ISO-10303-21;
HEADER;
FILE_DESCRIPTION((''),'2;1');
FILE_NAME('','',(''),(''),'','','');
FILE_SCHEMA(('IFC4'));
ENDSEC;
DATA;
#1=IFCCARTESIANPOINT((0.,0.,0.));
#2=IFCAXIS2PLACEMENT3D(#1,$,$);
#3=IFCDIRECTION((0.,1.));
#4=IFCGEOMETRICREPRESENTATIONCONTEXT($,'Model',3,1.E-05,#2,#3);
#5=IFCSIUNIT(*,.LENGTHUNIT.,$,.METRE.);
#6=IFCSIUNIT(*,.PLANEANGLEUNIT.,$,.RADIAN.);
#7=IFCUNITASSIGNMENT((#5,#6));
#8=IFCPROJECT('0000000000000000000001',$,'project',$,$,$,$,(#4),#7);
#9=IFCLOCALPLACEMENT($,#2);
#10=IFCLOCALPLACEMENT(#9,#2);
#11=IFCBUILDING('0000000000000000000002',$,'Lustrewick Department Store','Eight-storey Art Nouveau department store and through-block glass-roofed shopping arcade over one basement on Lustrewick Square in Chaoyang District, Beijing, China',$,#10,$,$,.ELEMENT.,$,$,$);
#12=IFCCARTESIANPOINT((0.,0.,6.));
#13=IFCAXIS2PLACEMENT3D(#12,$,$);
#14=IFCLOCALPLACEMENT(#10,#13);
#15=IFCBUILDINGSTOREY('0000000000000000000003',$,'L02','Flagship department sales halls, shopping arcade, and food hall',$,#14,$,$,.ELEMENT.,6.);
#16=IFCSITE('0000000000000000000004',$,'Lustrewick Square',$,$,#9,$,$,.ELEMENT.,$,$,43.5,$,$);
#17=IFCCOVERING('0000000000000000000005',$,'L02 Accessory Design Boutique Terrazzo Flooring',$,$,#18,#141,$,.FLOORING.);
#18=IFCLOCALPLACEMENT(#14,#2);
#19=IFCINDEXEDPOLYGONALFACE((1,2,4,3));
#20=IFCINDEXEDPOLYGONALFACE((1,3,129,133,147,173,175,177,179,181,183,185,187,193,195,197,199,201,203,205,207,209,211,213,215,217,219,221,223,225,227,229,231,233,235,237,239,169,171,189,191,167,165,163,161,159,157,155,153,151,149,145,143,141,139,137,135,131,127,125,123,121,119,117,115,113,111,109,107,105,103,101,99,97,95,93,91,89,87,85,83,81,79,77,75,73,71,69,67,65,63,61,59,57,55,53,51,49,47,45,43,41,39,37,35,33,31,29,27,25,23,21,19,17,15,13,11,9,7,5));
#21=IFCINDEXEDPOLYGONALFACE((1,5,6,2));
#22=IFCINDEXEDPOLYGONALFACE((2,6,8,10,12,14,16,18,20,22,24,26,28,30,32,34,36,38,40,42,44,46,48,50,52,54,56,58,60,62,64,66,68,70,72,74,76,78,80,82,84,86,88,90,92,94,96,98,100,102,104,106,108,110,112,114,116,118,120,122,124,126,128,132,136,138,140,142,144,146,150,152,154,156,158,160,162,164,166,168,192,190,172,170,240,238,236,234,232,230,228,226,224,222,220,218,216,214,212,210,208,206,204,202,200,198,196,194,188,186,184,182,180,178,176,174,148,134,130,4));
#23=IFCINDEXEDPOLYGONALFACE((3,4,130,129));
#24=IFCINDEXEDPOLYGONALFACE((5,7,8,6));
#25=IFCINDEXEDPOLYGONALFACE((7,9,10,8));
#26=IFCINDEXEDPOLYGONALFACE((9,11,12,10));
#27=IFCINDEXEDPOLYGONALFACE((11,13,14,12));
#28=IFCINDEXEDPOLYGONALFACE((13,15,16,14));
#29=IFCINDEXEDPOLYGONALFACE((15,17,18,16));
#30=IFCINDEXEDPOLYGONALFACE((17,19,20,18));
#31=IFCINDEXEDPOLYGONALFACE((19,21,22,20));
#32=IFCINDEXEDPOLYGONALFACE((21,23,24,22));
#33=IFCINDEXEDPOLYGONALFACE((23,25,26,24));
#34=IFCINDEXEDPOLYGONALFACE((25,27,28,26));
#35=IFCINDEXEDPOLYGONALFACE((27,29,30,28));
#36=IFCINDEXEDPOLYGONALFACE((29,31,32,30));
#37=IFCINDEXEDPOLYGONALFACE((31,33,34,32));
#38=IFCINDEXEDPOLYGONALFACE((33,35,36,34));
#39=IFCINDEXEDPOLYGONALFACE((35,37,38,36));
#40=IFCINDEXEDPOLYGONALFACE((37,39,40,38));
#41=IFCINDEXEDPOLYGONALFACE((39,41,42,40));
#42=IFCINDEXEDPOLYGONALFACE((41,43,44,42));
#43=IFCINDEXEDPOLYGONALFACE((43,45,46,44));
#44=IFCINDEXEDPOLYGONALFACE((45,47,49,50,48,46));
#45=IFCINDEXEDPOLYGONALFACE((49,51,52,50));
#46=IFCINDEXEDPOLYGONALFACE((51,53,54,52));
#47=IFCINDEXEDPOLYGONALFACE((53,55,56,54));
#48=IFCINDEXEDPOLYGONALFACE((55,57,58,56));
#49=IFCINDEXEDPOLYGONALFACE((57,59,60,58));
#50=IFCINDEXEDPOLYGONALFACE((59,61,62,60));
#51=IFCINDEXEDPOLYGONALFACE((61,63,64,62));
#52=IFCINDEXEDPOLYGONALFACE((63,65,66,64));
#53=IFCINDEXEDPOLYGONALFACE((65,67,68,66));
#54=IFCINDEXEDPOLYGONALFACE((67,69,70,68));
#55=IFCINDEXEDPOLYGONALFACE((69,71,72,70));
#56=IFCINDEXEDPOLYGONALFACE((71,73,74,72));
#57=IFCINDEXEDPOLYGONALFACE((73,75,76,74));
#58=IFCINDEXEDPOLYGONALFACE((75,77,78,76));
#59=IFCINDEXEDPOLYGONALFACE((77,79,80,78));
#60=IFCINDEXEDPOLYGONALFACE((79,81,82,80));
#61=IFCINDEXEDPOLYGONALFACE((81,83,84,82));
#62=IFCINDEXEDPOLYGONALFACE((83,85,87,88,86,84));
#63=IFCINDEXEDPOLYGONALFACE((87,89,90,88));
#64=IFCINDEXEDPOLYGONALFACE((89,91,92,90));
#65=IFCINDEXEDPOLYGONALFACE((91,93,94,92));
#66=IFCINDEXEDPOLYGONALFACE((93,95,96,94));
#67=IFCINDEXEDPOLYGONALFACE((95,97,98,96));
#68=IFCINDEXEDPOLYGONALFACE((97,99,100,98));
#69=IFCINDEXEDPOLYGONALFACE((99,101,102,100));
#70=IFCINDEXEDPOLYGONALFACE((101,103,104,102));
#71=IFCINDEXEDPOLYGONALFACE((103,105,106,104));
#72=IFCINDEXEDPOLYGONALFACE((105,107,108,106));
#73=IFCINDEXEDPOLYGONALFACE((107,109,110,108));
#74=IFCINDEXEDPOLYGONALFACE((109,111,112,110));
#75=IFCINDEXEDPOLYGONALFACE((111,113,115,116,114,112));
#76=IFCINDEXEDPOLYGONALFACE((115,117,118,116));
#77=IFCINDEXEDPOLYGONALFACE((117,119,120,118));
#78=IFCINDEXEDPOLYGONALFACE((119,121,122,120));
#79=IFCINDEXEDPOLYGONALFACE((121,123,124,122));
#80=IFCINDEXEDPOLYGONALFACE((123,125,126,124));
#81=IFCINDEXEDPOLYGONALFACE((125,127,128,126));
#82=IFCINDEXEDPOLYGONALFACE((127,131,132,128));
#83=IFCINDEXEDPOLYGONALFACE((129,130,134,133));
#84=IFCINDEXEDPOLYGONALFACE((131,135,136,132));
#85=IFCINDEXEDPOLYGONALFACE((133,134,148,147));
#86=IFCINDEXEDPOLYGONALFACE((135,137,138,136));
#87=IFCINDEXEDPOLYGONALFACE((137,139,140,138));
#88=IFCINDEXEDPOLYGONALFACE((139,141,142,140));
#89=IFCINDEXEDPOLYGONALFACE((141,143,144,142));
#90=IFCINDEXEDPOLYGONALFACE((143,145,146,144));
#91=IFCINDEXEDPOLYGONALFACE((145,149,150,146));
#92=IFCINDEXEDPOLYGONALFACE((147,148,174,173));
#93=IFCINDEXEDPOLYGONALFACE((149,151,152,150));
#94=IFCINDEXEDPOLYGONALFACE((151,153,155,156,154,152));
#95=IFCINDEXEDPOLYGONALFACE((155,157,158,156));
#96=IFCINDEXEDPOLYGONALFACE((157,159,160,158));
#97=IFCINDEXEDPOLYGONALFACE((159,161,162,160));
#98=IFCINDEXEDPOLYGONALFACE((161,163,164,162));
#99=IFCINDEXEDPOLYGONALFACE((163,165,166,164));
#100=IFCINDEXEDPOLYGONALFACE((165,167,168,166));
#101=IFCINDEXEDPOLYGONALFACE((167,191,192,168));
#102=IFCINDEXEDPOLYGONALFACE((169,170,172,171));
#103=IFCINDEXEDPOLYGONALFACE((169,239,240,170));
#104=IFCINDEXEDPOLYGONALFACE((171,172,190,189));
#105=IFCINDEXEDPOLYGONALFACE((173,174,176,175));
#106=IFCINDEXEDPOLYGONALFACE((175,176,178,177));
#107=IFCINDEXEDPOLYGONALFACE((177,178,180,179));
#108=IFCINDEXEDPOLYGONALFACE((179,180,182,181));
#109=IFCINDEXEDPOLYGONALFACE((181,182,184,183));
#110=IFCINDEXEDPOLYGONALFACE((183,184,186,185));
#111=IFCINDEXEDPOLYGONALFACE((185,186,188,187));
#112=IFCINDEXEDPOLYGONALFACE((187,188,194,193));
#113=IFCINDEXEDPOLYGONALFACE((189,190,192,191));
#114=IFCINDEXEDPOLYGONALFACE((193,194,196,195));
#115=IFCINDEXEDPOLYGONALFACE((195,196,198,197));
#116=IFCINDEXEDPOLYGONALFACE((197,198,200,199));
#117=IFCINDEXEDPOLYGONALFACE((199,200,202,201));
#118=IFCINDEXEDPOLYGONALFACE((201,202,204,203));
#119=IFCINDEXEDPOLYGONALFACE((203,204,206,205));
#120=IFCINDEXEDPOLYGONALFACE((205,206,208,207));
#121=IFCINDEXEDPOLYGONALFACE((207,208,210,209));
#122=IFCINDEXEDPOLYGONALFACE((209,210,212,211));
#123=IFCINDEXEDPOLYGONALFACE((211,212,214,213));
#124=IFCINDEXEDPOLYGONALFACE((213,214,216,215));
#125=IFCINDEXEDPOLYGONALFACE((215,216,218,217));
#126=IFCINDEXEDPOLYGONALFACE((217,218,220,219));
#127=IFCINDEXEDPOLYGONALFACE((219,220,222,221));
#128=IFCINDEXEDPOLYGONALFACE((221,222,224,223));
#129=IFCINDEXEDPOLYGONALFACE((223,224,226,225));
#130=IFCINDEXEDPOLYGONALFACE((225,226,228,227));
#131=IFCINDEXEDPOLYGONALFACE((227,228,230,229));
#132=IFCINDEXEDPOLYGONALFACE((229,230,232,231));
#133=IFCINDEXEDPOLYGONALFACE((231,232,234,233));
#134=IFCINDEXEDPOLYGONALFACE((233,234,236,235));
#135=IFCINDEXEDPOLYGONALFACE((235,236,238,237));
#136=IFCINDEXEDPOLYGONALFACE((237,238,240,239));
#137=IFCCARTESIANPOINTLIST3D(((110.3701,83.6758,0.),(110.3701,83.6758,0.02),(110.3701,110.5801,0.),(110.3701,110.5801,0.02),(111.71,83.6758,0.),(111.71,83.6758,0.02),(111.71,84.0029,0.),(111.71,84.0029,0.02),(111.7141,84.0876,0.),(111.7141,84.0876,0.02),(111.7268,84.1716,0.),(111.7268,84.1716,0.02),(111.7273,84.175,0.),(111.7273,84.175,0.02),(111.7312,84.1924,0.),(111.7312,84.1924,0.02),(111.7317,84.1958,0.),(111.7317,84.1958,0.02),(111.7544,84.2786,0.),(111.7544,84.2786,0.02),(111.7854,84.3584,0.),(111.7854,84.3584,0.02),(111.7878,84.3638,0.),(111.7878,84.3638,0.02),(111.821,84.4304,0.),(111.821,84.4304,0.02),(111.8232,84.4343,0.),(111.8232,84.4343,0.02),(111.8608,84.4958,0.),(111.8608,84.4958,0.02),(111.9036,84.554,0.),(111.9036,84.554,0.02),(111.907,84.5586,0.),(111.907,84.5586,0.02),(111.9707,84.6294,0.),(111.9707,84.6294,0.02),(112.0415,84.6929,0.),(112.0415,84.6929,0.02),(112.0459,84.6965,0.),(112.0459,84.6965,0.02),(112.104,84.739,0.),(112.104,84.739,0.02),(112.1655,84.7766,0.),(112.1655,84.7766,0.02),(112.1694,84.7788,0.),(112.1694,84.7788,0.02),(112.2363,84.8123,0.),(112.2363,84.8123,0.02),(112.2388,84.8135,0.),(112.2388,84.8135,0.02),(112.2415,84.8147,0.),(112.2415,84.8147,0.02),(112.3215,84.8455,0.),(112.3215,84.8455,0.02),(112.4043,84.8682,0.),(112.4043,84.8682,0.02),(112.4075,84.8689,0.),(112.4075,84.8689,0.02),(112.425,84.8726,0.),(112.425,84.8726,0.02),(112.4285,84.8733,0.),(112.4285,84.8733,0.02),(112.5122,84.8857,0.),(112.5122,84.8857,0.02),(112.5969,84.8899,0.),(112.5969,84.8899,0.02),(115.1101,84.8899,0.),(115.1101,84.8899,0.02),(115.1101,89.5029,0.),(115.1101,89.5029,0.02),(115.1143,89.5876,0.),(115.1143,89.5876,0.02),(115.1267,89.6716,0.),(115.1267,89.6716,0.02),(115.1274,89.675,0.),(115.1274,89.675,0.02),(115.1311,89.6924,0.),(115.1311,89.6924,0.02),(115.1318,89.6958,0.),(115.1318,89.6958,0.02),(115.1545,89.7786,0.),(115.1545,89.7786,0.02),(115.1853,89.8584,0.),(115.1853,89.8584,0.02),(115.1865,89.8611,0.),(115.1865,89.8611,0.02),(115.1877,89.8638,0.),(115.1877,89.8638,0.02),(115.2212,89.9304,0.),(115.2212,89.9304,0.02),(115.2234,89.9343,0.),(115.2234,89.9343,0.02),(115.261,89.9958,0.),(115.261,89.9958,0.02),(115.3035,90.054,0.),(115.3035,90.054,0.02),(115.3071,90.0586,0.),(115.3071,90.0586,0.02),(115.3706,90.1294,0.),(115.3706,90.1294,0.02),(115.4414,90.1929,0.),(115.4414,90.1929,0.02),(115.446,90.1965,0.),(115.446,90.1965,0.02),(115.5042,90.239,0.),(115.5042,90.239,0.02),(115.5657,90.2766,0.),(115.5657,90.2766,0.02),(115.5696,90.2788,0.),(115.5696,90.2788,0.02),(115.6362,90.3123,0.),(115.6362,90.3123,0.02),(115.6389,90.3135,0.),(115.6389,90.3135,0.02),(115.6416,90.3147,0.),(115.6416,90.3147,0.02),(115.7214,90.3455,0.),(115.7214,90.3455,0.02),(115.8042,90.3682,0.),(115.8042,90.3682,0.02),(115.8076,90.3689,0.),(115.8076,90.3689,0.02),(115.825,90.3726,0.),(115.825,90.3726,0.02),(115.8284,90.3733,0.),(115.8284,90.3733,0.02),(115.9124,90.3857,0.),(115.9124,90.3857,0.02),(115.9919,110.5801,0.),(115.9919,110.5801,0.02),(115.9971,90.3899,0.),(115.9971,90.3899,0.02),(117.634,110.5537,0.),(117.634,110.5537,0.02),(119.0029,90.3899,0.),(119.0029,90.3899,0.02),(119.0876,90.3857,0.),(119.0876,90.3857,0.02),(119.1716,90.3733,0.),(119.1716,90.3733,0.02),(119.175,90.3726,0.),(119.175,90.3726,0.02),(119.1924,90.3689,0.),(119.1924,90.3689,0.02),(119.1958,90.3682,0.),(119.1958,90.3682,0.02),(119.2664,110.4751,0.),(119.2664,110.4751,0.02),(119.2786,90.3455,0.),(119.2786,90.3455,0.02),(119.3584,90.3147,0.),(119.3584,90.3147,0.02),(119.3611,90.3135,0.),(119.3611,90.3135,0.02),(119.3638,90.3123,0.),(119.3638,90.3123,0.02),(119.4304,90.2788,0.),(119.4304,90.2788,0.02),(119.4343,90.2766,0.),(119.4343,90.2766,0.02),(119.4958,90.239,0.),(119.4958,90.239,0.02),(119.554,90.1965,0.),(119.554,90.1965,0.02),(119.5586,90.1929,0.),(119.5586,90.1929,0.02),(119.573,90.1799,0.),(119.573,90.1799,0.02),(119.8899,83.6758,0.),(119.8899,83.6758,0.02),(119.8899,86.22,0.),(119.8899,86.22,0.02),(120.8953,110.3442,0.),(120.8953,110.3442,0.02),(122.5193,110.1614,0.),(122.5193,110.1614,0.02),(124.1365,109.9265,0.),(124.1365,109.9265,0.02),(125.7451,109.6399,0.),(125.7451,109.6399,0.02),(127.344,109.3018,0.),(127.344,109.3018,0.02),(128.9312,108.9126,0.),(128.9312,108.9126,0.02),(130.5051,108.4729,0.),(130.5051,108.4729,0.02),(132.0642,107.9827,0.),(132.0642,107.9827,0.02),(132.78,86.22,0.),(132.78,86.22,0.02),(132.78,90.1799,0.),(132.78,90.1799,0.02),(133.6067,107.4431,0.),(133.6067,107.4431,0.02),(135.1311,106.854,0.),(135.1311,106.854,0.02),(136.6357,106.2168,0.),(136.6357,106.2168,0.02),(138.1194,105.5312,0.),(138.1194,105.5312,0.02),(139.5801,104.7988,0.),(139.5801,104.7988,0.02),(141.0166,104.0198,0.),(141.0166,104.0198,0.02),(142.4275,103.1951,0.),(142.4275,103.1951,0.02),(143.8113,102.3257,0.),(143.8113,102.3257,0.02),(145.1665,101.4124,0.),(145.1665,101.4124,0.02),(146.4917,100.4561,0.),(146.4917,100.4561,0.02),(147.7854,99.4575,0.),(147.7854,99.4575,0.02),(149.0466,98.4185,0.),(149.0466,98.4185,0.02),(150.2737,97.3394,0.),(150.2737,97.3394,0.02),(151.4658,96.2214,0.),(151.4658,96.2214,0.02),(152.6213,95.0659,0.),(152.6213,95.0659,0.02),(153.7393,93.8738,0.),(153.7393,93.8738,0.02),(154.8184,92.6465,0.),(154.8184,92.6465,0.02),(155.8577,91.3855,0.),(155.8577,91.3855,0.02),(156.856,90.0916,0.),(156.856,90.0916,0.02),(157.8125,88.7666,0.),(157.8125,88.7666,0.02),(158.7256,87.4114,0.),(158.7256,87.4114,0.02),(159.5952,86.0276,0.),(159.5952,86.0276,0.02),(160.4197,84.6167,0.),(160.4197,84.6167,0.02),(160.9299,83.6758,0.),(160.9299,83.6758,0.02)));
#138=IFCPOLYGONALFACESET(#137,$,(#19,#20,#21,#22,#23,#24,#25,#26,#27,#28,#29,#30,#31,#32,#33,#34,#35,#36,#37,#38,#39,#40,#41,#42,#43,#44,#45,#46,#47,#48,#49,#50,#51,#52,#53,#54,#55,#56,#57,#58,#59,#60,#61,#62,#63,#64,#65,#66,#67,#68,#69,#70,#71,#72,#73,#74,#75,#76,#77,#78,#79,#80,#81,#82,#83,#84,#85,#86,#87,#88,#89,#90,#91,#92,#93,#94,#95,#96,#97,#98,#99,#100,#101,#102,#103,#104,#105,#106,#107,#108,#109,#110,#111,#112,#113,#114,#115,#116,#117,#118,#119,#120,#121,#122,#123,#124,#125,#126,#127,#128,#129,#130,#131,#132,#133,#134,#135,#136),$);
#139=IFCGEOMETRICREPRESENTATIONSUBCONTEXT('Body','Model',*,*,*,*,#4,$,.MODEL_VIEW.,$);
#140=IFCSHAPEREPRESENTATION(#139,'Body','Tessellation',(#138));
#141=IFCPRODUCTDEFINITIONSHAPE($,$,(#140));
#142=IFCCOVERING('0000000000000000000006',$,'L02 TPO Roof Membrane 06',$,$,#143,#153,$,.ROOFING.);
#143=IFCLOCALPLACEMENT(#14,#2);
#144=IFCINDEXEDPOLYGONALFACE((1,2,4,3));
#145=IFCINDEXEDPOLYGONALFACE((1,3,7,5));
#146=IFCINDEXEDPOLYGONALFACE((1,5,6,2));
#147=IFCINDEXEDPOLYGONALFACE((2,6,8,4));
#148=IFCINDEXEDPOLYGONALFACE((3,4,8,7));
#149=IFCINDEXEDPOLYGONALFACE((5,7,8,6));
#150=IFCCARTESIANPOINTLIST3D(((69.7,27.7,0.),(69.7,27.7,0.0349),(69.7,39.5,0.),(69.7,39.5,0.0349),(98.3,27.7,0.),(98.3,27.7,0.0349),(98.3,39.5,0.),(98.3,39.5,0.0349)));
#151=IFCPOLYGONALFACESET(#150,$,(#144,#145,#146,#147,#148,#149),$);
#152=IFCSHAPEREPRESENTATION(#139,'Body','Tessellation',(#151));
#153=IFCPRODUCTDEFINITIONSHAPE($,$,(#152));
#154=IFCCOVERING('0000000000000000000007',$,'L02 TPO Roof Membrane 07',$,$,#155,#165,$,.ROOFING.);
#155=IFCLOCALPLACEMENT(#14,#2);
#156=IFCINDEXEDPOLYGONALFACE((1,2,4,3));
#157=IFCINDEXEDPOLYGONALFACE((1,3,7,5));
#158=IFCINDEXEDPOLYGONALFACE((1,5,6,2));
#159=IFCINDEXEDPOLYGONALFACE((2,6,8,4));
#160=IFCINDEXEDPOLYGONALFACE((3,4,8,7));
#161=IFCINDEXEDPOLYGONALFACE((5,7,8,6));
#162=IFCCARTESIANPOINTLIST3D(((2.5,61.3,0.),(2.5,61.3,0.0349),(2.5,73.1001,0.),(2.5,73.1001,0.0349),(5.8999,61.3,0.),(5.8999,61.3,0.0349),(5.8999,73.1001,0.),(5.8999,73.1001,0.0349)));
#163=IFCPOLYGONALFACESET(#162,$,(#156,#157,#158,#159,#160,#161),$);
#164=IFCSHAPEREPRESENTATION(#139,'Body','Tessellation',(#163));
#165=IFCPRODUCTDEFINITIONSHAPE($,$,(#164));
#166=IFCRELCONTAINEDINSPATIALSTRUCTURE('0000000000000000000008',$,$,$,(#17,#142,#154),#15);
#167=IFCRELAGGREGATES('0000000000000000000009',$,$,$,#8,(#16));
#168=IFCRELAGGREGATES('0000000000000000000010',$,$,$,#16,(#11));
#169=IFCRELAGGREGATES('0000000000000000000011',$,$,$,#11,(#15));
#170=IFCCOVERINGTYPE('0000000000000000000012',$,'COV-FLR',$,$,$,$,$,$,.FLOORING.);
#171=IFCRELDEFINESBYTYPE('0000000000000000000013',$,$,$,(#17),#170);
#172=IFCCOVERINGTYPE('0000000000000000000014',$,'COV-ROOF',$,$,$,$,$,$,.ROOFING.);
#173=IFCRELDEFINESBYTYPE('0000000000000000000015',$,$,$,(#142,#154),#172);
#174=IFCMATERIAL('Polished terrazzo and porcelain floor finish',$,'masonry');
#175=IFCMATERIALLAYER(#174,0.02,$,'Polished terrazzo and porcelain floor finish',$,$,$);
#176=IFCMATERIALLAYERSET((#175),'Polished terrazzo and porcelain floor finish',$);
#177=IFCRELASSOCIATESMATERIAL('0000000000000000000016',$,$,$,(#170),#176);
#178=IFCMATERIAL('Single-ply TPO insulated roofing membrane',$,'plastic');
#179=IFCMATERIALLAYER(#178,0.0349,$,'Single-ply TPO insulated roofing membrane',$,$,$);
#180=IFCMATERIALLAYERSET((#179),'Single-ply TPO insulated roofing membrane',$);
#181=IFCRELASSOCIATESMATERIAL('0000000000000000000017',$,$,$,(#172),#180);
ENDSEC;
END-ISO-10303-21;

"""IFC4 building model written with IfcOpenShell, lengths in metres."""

from ifc_helpers import new_model, si_unit, direction, frame, origin, place, context, subcontext, project, spatial, polyline, outline, extrude, material, layer, layer_set, type_object, element, save


model = new_model("IFC4")

# Units and contexts
model_context = context("Model", 3, precision=1e-05, world=origin(), true_north=direction((0.0, 1.0)))
body_context = subcontext(model_context, "Body", "Model", "MODEL_VIEW")
ifc_project = project(units=[si_unit("LENGTHUNIT", "METRE"), si_unit("PLANEANGLEUNIT", "RADIAN")], contexts=[model_context])

# Site, building, storey
site_placement = place(None, origin())
site = spatial("IfcSite", under=ifc_project, at=site_placement, Name="Lustrewick Square", CompositionType="ELEMENT", RefElevation=43.5)
building_placement = place(site_placement, origin())
building = spatial("IfcBuilding", under=site, at=building_placement, Name="Lustrewick Department Store", Description="Eight-storey Art Nouveau department store and through-block glass-roofed shopping arcade over one basement on Lustrewick Square in Chaoyang District, Beijing, China", CompositionType="ELEMENT")
storey_placement = place(building_placement, frame((0.0, 0.0, 6.0)))
storey = spatial("IfcBuildingStorey", under=building, at=storey_placement, Name="L02", Description="Flagship department sales halls, shopping arcade, and food hall", CompositionType="ELEMENT", Elevation=6.0)

# Coverings
ifc_material_1 = material(Name="Polished terrazzo and porcelain floor finish", Category="masonry")
ifc_layer_1 = layer(ifc_material_1, 0.02, Name="Polished terrazzo and porcelain floor finish")
ifc_layer_set_1 = layer_set([ifc_layer_1], Name="Polished terrazzo and porcelain floor finish")
covering_type_1 = type_object("IfcCoveringType", Name="COV-FLR", PredefinedType="FLOORING", material=ifc_layer_set_1)
covering_1_placement = place(storey_placement, origin())
element("IfcCovering", 1, at=covering_1_placement, inside=storey, type_object=covering_type_1, Name="L02 Accessory Design Boutique Terrazzo Flooring", PredefinedType="FLOORING", context=body_context, shape_type="SweptSolid", body=[
    extrude(outline(polyline([(115.9919, 110.5801), (110.3701, 110.5801), (110.3701, 83.6758), (111.71, 83.6758), (111.71, 84.0029), (111.7141, 84.0876), (111.7268, 84.1716), (111.7273, 84.175), (111.7312, 84.1924), (111.7317, 84.1958), (111.7544, 84.2786), (111.7854, 84.3584), (111.7878, 84.3638), (111.821, 84.4304), (111.8232, 84.4343), (111.8608, 84.4958), (111.9036, 84.554), (111.907, 84.5586), (111.9707, 84.6294), (112.0415, 84.6929), (112.0459, 84.6965), (112.104, 84.739), (112.1655, 84.7766), (112.1694, 84.7788), (112.2363, 84.8123), (112.2388, 84.8135), (112.2415, 84.8147), (112.3215, 84.8455), (112.4043, 84.8682), (112.4075, 84.8689), (112.425, 84.8726), (112.4285, 84.8733), (112.5122, 84.8857), (112.5969, 84.8899), (115.1101, 84.8899), (115.1101, 89.5029), (115.1143, 89.5876), (115.1267, 89.6716), (115.1274, 89.675), (115.1311, 89.6924), (115.1318, 89.6958), (115.1545, 89.7786), (115.1853, 89.8584), (115.1865, 89.8611), (115.1877, 89.8638), (115.2212, 89.9304), (115.2234, 89.9343), (115.261, 89.9958), (115.3035, 90.054), (115.3071, 90.0586), (115.3706, 90.1294), (115.4414, 90.1929), (115.446, 90.1965), (115.5042, 90.239), (115.5657, 90.2766), (115.5696, 90.2788), (115.6362, 90.3123), (115.6389, 90.3135), (115.6416, 90.3147), (115.7214, 90.3455), (115.8042, 90.3682), (115.8076, 90.3689), (115.825, 90.3726), (115.8284, 90.3733), (115.9124, 90.3857), (115.9971, 90.3899), (119.0029, 90.3899), (119.0876, 90.3857), (119.1716, 90.3733), (119.175, 90.3726), (119.1924, 90.3689), (119.1958, 90.3682), (119.2786, 90.3455), (119.3584, 90.3147), (119.3611, 90.3135), (119.3638, 90.3123), (119.4304, 90.2788), (119.4343, 90.2766), (119.4958, 90.239), (119.554, 90.1965), (119.5586, 90.1929), (119.573, 90.1799), (132.78, 90.1799), (132.78, 86.22), (119.8899, 86.22), (119.8899, 83.6758), (160.9299, 83.6758), (160.4197, 84.6167), (159.5952, 86.0276), (158.7256, 87.4114), (157.8125, 88.7666), (156.856, 90.0916), (155.8577, 91.3855), (154.8184, 92.6465), (153.7393, 93.8738), (152.6213, 95.0659), (151.4658, 96.2214), (150.2737, 97.3394), (149.0466, 98.4185), (147.7854, 99.4575), (146.4917, 100.4561), (145.1665, 101.4124), (143.8113, 102.3257), (142.4275, 103.1951), (141.0166, 104.0198), (139.5801, 104.7988), (138.1194, 105.5312), (136.6357, 106.2168), (135.1311, 106.854), (133.6067, 107.4431), (132.0642, 107.9827), (130.5051, 108.4729), (128.9312, 108.9126), (127.344, 109.3018), (125.7451, 109.6399), (124.1365, 109.9265), (122.5193, 110.1614), (120.8953, 110.3442), (119.2664, 110.4751), (117.634, 110.5537), (115.9919, 110.5801)])), origin(), (0.0, 0.0, 1.0), 0.02),
])
ifc_material_2 = material(Name="Single-ply TPO insulated roofing membrane", Category="plastic")
ifc_layer_2 = layer(ifc_material_2, 0.0349, Name="Single-ply TPO insulated roofing membrane")
ifc_layer_set_2 = layer_set([ifc_layer_2], Name="Single-ply TPO insulated roofing membrane")
covering_type_2 = type_object("IfcCoveringType", Name="COV-ROOF", PredefinedType="ROOFING", material=ifc_layer_set_2)
covering_2_placement = place(storey_placement, origin())
element("IfcCovering", 2, at=covering_2_placement, inside=storey, type_object=covering_type_2, Name="L02 TPO Roof Membrane 06", PredefinedType="ROOFING", context=body_context, shape_type="SweptSolid", body=[
    extrude(outline(polyline([(98.3, 39.5), (69.7, 39.5), (69.7, 27.7), (98.3, 27.7), (98.3, 39.5)])), origin(), (0.0, 0.0, 1.0), 0.0349),
])
covering_3_placement = place(storey_placement, origin())
element("IfcCovering", 3, at=covering_3_placement, inside=storey, type_object=covering_type_2, Name="L02 TPO Roof Membrane 07", PredefinedType="ROOFING", context=body_context, shape_type="SweptSolid", body=[
    extrude(outline(polyline([(5.8999, 73.1001), (2.5, 73.1001), (2.5, 61.3), (5.8999, 61.3), (5.8999, 73.1001)])), origin(), (0.0, 0.0, 1.0), 0.0349),
])

save(model, "model.ifc")
